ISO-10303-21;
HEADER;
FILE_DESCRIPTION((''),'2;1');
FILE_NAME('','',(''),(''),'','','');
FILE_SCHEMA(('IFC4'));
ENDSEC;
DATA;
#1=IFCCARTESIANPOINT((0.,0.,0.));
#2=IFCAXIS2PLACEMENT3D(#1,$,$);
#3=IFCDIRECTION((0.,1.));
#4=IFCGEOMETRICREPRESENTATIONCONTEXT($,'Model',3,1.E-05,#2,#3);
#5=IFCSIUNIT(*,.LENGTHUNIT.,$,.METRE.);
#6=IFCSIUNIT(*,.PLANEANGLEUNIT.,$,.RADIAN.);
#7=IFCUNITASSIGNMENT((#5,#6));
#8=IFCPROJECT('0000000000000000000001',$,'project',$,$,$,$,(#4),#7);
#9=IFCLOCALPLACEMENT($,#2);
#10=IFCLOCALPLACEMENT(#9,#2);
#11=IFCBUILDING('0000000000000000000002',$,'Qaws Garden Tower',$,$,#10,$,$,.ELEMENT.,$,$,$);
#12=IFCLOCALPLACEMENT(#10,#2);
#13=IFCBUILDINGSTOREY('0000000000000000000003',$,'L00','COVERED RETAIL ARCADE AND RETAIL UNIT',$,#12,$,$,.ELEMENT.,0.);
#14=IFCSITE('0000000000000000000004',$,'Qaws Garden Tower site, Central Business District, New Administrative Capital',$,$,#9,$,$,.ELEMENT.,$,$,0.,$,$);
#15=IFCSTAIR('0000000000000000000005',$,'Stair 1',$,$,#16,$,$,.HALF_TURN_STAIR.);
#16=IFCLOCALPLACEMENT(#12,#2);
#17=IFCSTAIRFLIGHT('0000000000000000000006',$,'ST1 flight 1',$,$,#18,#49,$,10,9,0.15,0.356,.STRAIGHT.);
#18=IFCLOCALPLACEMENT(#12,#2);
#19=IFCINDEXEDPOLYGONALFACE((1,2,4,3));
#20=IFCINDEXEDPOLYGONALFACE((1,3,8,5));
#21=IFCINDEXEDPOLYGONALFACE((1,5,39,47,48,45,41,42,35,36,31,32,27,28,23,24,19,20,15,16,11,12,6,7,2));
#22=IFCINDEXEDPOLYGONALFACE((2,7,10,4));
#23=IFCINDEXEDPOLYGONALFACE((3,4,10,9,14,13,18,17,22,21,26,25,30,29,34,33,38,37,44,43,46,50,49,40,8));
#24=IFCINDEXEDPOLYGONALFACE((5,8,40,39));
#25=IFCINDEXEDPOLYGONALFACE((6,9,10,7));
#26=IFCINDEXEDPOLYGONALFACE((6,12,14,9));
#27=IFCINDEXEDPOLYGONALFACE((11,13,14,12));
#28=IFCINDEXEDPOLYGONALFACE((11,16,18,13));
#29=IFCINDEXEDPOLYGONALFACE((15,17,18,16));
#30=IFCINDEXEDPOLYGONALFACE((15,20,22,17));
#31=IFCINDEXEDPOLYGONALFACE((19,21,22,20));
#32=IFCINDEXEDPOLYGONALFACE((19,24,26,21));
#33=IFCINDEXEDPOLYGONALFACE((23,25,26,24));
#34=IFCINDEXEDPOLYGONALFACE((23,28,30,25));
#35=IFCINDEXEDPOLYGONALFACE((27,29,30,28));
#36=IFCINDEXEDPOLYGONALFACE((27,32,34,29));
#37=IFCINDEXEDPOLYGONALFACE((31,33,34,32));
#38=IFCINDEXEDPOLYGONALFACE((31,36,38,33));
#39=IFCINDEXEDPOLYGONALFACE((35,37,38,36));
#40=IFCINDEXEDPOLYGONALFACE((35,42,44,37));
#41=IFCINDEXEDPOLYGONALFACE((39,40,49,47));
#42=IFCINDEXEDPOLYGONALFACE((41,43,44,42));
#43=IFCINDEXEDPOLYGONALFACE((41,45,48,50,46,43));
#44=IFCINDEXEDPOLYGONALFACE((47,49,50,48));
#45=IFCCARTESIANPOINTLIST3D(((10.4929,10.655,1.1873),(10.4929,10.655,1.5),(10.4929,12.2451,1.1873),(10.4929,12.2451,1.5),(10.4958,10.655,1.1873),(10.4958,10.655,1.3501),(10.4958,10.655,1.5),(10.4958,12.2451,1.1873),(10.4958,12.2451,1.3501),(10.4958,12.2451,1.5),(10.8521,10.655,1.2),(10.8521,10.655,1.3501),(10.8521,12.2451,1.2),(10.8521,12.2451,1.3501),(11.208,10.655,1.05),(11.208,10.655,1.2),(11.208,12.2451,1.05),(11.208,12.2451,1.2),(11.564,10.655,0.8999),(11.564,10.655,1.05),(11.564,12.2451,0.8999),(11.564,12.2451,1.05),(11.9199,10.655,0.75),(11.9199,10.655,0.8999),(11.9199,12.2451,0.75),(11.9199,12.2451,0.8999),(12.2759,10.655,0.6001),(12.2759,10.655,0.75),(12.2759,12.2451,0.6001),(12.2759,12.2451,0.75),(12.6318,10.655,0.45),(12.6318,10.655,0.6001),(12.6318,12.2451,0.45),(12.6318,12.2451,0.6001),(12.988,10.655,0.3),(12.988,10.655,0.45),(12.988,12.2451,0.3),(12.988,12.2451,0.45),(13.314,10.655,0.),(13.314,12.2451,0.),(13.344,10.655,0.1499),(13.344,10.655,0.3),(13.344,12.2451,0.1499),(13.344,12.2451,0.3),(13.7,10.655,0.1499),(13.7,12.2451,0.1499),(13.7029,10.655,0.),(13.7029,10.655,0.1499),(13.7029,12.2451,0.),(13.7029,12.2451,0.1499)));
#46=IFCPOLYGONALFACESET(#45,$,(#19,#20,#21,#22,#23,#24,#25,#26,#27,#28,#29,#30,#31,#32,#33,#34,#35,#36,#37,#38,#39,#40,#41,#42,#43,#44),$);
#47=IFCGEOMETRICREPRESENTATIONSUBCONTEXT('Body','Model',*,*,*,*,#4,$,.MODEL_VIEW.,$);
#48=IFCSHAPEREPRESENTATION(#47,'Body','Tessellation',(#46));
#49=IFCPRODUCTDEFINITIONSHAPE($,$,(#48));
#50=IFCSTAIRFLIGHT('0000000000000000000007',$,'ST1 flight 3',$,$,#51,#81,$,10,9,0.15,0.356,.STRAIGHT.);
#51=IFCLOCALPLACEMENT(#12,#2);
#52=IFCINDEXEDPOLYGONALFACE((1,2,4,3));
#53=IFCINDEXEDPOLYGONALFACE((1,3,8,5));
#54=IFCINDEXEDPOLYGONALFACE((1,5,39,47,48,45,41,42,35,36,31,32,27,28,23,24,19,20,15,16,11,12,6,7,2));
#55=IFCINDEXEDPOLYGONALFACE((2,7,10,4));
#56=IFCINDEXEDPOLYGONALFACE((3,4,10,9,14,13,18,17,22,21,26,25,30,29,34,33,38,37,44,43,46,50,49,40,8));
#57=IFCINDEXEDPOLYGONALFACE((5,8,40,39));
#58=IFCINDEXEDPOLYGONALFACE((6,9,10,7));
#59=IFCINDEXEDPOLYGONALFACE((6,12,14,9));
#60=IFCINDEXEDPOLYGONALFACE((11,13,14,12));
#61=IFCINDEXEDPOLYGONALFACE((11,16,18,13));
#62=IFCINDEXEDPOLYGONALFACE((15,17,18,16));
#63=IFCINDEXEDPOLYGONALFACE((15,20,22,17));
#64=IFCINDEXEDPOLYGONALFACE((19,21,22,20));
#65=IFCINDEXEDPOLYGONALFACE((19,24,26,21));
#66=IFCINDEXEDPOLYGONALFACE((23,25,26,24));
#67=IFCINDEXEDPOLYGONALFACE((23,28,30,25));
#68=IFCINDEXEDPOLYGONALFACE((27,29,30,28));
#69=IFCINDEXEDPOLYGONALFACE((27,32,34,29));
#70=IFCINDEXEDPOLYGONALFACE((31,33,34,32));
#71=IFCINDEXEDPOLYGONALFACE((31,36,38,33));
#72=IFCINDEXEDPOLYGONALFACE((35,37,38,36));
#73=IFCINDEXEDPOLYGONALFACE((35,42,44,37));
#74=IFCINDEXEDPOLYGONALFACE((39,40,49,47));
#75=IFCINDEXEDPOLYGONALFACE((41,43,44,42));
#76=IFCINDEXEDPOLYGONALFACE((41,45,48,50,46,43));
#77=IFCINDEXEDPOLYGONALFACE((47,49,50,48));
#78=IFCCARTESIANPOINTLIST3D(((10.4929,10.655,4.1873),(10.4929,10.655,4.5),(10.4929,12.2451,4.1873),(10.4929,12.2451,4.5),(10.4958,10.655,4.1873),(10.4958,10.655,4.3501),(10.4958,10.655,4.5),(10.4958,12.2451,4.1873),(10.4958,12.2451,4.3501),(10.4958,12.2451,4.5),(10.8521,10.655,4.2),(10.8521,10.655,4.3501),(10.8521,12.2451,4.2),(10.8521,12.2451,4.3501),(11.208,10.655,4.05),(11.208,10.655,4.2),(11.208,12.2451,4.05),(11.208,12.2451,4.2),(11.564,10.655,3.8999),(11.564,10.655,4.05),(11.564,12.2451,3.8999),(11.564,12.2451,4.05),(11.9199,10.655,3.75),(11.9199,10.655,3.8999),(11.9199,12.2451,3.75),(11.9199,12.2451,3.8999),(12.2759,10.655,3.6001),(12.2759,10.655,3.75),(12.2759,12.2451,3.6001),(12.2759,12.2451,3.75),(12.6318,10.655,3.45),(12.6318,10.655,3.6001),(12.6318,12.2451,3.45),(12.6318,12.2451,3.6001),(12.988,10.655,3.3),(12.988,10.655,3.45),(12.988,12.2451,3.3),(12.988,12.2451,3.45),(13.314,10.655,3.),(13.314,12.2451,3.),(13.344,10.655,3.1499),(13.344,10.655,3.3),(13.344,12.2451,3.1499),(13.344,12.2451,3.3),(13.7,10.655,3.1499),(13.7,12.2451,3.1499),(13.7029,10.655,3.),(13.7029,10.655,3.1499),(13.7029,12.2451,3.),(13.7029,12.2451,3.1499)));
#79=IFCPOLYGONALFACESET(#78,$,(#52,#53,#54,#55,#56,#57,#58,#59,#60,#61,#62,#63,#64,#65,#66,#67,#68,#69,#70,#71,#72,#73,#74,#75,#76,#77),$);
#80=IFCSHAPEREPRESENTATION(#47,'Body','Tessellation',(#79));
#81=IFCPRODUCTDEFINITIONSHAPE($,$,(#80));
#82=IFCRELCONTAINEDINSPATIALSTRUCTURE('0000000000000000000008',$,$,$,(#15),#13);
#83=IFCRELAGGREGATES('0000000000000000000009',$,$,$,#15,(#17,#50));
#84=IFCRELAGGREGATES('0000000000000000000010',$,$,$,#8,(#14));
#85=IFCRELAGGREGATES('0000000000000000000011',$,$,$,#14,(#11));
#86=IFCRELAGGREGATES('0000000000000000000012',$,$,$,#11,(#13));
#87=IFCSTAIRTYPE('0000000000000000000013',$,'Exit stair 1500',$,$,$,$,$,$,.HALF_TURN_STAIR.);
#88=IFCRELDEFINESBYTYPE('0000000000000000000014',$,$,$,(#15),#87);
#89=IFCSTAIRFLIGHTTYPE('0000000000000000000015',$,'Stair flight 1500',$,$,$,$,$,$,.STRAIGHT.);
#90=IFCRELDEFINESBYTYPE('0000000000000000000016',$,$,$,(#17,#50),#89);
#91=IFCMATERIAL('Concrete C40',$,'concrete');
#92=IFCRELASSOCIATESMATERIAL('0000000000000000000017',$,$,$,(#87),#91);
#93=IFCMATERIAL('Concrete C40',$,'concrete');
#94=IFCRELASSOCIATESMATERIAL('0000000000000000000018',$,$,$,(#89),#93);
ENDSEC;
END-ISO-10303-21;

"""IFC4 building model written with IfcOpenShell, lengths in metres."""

from ifc_helpers import new_model, si_unit, direction, frame, origin, place, context, subcontext, project, spatial, polyline, outline, extrude, material, type_object, element, aggregate, save


model = new_model("IFC4")

# Units and contexts
model_context = context("Model", 3, precision=1e-05, world=origin(), true_north=direction((0.0, 1.0)))
body_context = subcontext(model_context, "Body", "Model", "MODEL_VIEW")
ifc_project = project(units=[si_unit("LENGTHUNIT", "METRE"), si_unit("PLANEANGLEUNIT", "RADIAN")], contexts=[model_context])

# Site, building, storey
site_placement = place(None, origin())
site = spatial("IfcSite", under=ifc_project, at=site_placement, Name="Qaws Garden Tower site, Central Business District, New Administrative Capital", CompositionType="ELEMENT", RefElevation=0.0)
building_placement = place(site_placement, origin())
building = spatial("IfcBuilding", under=site, at=building_placement, Name="Qaws Garden Tower", CompositionType="ELEMENT")
storey_placement = place(building_placement, origin())
storey = spatial("IfcBuildingStorey", under=building, at=storey_placement, Name="L00", Description="COVERED RETAIL ARCADE AND RETAIL UNIT", CompositionType="ELEMENT", Elevation=0.0)

# Stair, stair flights
ifc_material_1 = material(Name="Concrete C40", Category="concrete")
stair_type = type_object("IfcStairType", Name="Exit stair 1500", PredefinedType="HALF_TURN_STAIR", material=ifc_material_1)
stair_placement = place(storey_placement, origin())
stair = element("IfcStair", 1, at=stair_placement, inside=storey, type_object=stair_type, Name="Stair 1", PredefinedType="HALF_TURN_STAIR")
ifc_material_2 = material(Name="Concrete C40", Category="concrete")
stair_flight_type = type_object("IfcStairFlightType", Name="Stair flight 1500", PredefinedType="STRAIGHT", material=ifc_material_2)
stair_flight_1_placement = place(storey_placement, frame((13.7, 11.45, 0.0), z_axis=(0.0, 0.0, 1.0), x_axis=(-1.0, 0.0, 0.0)))
stair_flight_1 = element("IfcStairFlight", 2, at=stair_flight_1_placement, type_object=stair_flight_type, Name="ST1 flight 1", NumberOfRisers=10, NumberOfTreads=9, PredefinedType="STRAIGHT", RiserHeight=0.15, TreadLength=0.356, context=body_context, shape_type="SweptSolid", body=[
    extrude(outline(polyline([(-0.0029, 0.0), (-0.0029, 0.1499), (0.0, 0.1499), (0.356, 0.1499), (0.356, 0.3), (0.7119, 0.3), (0.7119, 0.45), (1.0681, 0.45), (1.0681, 0.6001), (1.4241, 0.6001), (1.4241, 0.75), (1.78, 0.75), (1.78, 0.8999), (2.136, 0.8999), (2.136, 1.05), (2.4919, 1.05), (2.4919, 1.2), (2.8479, 1.2), (2.8479, 1.3501), (3.2041, 1.3501), (3.2041, 1.5), (3.207, 1.5), (3.207, 1.1873), (3.2041, 1.1873), (0.386, 0.0), (-0.0029, 0.0)])), frame((0.0, 0.7949, 0.0), z_axis=(0.0, -1.0, 0.0), x_axis=(1.0, 0.0, 0.0)), (0.0, 0.0, 1.0), 1.5901),
])
stair_flight_2_placement = place(storey_placement, frame((13.7, 11.45, 3.0), z_axis=(0.0, 0.0, 1.0), x_axis=(-1.0, 0.0, 0.0)))
stair_flight_2 = element("IfcStairFlight", 3, at=stair_flight_2_placement, type_object=stair_flight_type, Name="ST1 flight 3", NumberOfRisers=10, NumberOfTreads=9, PredefinedType="STRAIGHT", RiserHeight=0.15, TreadLength=0.356, context=body_context, shape_type="SweptSolid", body=[
    extrude(outline(polyline([(-0.0029, 0.0), (-0.0029, 0.1499), (0.0, 0.1499), (0.356, 0.1499), (0.356, 0.3), (0.7119, 0.3), (0.7119, 0.45), (1.0681, 0.45), (1.0681, 0.6001), (1.4241, 0.6001), (1.4241, 0.75), (1.78, 0.75), (1.78, 0.8999), (2.136, 0.8999), (2.136, 1.05), (2.4919, 1.05), (2.4919, 1.2), (2.8479, 1.2), (2.8479, 1.3501), (3.2041, 1.3501), (3.2041, 1.5), (3.207, 1.5), (3.207, 1.1873), (3.2041, 1.1873), (0.386, 0.0), (-0.0029, 0.0)])), frame((0.0, 0.7949, 0.0), z_axis=(0.0, -1.0, 0.0), x_axis=(1.0, 0.0, 0.0)), (0.0, 0.0, 1.0), 1.5901),
])
aggregate(stair, [stair_flight_1, stair_flight_2])

save(model, "model.ifc")
